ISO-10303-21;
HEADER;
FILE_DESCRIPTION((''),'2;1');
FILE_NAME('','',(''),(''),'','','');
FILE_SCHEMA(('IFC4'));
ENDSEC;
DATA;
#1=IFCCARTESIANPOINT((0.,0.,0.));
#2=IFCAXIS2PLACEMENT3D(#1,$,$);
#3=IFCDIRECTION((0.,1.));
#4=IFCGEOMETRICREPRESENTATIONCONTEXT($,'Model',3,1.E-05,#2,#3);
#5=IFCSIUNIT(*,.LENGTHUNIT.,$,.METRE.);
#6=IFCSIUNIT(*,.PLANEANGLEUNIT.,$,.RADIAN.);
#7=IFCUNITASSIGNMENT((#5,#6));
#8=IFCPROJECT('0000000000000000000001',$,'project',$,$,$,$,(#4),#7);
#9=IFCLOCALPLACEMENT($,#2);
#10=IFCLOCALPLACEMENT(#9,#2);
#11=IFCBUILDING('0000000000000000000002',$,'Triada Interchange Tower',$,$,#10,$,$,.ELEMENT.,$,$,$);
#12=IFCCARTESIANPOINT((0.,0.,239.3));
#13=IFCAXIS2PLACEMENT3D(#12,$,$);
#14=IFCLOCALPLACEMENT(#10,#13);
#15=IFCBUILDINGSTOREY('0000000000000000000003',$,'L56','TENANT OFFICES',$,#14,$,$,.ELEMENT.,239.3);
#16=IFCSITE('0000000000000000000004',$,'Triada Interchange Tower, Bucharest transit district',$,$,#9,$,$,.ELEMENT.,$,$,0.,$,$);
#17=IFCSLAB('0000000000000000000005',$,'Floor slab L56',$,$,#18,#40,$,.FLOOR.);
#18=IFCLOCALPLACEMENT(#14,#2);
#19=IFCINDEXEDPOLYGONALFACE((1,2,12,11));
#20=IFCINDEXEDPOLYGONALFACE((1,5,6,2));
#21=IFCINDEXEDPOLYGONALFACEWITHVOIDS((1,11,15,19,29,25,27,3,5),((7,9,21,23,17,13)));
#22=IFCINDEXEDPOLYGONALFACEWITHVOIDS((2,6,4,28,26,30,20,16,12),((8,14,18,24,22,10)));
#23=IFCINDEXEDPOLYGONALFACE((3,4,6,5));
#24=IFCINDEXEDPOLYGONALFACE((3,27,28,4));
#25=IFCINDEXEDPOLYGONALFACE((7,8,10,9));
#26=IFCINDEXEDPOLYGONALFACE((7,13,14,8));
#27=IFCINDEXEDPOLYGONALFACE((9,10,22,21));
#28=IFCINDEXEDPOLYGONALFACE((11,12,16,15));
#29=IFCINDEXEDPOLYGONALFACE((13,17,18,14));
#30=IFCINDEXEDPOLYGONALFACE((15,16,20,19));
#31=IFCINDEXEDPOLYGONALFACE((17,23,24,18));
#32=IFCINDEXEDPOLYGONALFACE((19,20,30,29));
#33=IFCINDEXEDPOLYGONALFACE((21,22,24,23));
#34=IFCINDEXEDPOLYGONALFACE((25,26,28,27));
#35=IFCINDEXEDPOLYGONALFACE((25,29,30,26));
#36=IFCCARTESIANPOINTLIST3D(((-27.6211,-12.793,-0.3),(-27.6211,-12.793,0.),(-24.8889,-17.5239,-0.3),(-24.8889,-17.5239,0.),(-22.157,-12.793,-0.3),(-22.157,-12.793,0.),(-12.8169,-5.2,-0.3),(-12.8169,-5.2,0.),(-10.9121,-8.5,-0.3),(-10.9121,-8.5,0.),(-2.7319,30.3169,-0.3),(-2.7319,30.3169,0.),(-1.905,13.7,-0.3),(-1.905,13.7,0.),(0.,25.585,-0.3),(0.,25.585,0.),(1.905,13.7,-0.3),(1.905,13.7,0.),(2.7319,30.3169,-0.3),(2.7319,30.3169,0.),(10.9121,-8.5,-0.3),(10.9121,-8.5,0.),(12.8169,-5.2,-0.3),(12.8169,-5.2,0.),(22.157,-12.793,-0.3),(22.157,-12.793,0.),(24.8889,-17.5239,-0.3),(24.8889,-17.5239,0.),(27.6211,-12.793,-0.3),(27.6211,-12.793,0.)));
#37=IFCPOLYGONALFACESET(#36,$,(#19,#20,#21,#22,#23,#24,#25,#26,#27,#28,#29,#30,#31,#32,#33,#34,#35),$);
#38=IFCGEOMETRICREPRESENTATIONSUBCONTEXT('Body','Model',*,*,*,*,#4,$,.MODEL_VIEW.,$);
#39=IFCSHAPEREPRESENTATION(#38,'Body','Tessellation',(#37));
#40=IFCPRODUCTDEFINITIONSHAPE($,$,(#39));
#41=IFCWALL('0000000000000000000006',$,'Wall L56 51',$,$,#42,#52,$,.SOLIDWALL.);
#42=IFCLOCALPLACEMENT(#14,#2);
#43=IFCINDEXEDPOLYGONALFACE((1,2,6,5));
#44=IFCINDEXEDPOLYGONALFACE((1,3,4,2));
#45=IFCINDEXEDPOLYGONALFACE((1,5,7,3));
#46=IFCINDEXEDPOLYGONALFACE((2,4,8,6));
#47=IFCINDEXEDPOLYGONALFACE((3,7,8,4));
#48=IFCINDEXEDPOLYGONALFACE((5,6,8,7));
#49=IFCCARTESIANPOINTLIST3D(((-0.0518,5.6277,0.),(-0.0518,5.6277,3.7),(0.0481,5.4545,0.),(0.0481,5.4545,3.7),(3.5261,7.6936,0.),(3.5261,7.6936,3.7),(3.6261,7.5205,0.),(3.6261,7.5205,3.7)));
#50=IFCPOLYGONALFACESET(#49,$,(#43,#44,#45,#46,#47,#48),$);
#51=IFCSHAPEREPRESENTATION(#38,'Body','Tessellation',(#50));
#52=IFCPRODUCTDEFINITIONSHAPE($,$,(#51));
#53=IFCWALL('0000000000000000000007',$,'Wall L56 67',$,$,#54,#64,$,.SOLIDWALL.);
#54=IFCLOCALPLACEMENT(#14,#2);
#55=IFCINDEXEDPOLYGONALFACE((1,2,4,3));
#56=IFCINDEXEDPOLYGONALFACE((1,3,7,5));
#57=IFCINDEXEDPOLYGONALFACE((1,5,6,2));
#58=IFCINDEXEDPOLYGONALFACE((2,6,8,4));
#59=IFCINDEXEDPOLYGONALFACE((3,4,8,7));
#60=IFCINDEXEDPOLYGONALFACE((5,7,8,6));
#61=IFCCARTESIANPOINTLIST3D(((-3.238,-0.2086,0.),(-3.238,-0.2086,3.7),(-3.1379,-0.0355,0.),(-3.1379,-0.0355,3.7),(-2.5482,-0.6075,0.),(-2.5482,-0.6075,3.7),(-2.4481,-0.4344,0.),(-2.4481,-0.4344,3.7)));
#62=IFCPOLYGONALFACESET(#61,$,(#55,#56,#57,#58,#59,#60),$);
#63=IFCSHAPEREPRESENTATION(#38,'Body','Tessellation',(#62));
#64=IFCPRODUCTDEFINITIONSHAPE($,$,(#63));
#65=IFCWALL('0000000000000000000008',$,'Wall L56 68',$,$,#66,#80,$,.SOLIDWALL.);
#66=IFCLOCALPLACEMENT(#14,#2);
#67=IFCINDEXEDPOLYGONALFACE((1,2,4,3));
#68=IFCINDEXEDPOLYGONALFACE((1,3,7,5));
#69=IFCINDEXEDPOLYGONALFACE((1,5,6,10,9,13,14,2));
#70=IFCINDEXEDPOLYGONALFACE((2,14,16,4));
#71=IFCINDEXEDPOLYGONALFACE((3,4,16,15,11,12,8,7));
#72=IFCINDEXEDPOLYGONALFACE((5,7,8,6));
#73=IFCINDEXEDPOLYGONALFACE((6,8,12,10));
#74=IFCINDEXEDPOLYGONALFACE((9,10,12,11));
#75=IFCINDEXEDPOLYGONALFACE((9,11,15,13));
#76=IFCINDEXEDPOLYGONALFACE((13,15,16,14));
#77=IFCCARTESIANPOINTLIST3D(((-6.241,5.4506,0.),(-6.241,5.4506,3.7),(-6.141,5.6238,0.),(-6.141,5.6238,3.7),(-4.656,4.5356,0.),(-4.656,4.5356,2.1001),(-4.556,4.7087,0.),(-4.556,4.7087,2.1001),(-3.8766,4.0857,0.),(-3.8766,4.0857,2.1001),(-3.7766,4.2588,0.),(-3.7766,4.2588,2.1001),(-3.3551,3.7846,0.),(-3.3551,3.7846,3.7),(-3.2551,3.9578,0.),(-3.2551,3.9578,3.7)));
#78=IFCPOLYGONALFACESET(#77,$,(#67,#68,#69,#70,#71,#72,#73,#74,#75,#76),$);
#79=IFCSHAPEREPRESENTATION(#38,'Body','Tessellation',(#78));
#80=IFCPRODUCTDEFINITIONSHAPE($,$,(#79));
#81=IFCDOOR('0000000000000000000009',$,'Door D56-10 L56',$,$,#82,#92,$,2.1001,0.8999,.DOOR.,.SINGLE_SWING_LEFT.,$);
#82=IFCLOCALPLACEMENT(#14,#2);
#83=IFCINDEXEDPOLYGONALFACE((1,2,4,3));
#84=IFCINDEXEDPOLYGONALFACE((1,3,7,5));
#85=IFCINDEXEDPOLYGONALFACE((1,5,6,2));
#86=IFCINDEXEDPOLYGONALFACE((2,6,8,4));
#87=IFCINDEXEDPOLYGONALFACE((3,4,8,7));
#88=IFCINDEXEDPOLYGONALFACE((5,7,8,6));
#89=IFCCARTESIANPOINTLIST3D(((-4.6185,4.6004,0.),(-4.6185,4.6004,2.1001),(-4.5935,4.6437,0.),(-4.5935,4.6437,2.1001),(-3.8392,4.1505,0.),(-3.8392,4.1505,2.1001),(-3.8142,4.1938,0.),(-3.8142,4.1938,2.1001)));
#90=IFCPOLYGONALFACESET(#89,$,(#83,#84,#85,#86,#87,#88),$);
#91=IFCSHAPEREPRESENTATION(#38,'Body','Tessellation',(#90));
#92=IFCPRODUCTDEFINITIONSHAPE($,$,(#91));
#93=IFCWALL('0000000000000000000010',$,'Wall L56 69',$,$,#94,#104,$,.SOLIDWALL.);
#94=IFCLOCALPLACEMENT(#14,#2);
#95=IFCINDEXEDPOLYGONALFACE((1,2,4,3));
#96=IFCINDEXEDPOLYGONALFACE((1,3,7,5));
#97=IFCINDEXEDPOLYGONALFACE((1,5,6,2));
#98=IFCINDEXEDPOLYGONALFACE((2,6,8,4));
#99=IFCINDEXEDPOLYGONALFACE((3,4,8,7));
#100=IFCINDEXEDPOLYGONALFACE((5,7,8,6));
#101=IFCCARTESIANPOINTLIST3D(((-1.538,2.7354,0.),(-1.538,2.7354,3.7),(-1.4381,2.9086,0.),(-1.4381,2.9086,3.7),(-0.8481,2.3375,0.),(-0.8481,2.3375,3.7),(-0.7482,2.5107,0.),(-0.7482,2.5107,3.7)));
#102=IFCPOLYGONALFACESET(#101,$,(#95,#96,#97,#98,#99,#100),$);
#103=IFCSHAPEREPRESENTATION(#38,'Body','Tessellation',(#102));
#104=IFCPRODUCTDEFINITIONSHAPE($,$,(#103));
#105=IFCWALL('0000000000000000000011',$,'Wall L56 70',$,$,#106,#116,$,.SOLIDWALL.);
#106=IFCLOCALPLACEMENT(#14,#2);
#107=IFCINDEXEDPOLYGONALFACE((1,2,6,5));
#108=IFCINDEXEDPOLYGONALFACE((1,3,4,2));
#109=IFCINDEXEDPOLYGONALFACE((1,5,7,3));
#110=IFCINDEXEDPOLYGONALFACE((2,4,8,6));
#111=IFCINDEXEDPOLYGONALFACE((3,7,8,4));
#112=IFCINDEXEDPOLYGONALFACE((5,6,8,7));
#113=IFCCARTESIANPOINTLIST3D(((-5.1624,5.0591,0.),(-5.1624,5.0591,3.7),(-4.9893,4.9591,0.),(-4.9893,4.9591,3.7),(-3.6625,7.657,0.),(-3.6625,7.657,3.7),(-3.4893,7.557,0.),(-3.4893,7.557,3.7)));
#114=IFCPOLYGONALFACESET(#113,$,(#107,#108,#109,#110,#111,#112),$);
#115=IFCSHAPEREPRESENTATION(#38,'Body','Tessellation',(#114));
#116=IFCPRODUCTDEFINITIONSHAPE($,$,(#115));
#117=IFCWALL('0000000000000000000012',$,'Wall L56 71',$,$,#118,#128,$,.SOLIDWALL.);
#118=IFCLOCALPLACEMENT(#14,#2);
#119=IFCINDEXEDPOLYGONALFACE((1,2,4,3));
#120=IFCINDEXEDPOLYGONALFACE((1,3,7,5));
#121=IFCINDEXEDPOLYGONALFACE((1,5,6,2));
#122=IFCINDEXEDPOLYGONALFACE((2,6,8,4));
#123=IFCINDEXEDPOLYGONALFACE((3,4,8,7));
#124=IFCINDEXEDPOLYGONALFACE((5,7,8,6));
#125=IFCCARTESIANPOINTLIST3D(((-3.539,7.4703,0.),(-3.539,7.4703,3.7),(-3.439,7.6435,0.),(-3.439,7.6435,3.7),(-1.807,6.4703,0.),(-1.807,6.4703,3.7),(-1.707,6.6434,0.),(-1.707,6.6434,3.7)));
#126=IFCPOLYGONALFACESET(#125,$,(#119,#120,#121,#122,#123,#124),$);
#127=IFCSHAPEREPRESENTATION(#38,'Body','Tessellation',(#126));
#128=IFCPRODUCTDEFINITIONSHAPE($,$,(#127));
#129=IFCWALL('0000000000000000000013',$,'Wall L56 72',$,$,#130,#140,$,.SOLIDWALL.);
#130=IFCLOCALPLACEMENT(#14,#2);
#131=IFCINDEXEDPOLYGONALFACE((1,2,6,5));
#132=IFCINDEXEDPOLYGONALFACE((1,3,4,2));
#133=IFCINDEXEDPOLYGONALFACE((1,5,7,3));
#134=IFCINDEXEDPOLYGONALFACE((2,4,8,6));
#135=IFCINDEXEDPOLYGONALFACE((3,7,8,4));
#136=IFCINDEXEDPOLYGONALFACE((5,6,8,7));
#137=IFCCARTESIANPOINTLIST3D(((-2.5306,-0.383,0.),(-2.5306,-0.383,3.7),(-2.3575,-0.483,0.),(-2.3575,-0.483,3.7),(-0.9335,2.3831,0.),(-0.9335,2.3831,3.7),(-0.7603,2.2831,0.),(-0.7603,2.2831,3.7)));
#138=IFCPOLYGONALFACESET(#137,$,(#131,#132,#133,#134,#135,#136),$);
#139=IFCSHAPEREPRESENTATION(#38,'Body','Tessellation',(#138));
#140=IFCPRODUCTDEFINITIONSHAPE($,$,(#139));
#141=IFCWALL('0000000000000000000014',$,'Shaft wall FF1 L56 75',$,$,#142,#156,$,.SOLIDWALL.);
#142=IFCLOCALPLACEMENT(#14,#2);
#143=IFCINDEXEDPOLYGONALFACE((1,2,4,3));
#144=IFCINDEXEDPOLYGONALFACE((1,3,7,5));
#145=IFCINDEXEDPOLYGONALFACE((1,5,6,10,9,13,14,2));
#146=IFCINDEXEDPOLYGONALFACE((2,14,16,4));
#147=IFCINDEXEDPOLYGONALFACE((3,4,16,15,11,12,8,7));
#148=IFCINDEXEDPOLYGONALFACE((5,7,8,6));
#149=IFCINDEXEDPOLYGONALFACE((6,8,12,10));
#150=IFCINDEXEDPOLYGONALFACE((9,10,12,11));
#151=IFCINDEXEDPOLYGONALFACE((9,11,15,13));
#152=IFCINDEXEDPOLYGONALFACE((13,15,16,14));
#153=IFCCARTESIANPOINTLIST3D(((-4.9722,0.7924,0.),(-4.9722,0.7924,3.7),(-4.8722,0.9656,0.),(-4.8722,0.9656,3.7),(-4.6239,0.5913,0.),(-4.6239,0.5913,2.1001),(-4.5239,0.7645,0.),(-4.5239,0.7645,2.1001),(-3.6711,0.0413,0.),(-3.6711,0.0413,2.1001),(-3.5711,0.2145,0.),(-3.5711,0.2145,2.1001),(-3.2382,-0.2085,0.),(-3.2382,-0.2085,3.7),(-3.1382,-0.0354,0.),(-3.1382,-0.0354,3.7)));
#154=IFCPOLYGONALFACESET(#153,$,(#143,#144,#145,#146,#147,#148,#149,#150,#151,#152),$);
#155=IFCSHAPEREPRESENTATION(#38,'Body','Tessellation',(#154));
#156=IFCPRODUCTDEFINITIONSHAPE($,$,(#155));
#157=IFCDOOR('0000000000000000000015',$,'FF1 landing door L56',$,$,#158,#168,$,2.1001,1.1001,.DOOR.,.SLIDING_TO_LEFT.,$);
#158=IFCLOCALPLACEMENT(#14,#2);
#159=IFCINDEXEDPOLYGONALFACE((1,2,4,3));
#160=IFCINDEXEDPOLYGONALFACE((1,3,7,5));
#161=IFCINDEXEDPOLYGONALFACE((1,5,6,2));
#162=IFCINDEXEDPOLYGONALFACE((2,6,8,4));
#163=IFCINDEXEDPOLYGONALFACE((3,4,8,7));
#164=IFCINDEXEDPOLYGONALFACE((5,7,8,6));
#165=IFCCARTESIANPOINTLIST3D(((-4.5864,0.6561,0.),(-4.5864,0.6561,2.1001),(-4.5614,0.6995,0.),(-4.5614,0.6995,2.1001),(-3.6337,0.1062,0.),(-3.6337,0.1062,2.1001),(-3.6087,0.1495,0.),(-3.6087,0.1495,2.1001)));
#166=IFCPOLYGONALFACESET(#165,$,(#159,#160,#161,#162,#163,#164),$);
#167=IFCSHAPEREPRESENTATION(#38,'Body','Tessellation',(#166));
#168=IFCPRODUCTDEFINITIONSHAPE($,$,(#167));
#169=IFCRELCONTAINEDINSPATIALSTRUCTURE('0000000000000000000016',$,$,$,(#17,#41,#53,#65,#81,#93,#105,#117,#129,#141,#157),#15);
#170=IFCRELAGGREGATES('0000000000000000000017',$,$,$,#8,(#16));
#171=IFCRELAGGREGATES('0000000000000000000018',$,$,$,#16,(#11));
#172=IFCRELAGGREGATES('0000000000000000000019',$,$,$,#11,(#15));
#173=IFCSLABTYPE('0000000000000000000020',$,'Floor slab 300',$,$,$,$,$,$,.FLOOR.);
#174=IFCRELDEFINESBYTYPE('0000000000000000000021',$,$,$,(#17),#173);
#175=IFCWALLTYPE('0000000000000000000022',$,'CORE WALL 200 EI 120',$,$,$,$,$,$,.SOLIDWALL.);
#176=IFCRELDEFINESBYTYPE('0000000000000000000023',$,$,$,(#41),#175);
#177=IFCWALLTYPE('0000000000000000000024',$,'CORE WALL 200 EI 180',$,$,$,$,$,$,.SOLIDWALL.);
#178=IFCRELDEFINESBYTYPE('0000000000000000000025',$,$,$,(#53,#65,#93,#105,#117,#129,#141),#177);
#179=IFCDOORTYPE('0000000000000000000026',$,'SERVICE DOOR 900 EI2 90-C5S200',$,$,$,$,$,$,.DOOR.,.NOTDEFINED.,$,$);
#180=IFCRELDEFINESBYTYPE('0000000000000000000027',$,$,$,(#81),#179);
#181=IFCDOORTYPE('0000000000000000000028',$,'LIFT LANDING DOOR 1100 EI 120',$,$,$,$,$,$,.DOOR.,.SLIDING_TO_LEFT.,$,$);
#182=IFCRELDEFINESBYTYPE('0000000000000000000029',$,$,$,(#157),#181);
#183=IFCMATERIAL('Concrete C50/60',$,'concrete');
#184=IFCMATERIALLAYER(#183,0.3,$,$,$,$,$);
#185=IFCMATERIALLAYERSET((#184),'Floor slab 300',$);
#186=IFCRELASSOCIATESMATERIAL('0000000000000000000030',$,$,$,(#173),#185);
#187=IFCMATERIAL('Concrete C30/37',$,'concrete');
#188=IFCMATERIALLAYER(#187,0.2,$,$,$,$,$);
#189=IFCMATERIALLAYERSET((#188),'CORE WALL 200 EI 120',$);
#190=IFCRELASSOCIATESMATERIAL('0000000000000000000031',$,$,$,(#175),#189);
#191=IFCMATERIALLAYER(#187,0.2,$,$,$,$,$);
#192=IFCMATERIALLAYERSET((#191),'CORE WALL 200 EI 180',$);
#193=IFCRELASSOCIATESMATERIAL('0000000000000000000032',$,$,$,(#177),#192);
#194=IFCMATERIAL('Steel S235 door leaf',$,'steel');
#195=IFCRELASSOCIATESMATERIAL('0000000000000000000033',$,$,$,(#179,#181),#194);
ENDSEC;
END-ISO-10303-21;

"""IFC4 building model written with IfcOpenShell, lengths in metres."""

from ifc_helpers import new_model, si_unit, direction, frame, frame_2d, origin, place, context, subcontext, project, spatial, polyline, rectangle, outline, extrude, material, layer, layer_set, type_object, element, fill, save


model = new_model("IFC4")

# Units and contexts
model_context = context("Model", 3, precision=1e-05, world=origin(), true_north=direction((0.0, 1.0)))
body_context = subcontext(model_context, "Body", "Model", "MODEL_VIEW")
ifc_project = project(units=[si_unit("LENGTHUNIT", "METRE"), si_unit("PLANEANGLEUNIT", "RADIAN")], contexts=[model_context])

# Site, building, storey
site_placement = place(None, origin())
site = spatial("IfcSite", under=ifc_project, at=site_placement, Name="Triada Interchange Tower, Bucharest transit district", CompositionType="ELEMENT", RefElevation=0.0)
building_placement = place(site_placement, origin())
building = spatial("IfcBuilding", under=site, at=building_placement, Name="Triada Interchange Tower", CompositionType="ELEMENT")
storey_placement = place(building_placement, frame((0.0, 0.0, 239.3)))
storey = spatial("IfcBuildingStorey", under=building, at=storey_placement, Name="L56", Description="TENANT OFFICES", CompositionType="ELEMENT", Elevation=239.3)

# Slab
ifc_material_1 = material(Name="Concrete C50/60", Category="concrete")
ifc_layer_1 = layer(ifc_material_1, 0.3)
ifc_layer_set_1 = layer_set([ifc_layer_1], Name="Floor slab 300")
slab_type = type_object("IfcSlabType", Name="Floor slab 300", PredefinedType="FLOOR", material=ifc_layer_set_1)
slab_placement = place(storey_placement, frame((0.0, 0.0, -0.3)))
element("IfcSlab", 1, at=slab_placement, inside=storey, type_object=slab_type, Name="Floor slab L56", PredefinedType="FLOOR", context=body_context, shape_type="SweptSolid", body=[
    extrude(outline(polyline([(-2.7319, 30.3169), (-27.6211, -12.793), (-22.157, -12.793), (-24.8889, -17.5239), (24.8889, -17.5239), (22.157, -12.793), (27.6211, -12.793), (2.7319, 30.3169), (0.0, 25.585), (-2.7319, 30.3169)]), holes=[polyline([(1.905, 13.7), (-1.905, 13.7), (-12.8169, -5.2), (-10.9121, -8.5), (10.9121, -8.5), (12.8169, -5.2), (1.905, 13.7)])]), origin(), (0.0, 0.0, 1.0), 0.3),
])

# Walls
ifc_material_2 = material(Name="Concrete C30/37", Category="concrete")
ifc_layer_2 = layer(ifc_material_2, 0.2)
ifc_layer_set_2 = layer_set([ifc_layer_2], Name="CORE WALL 200 EI 120")
wall_type_1 = type_object("IfcWallType", Name="CORE WALL 200 EI 120", PredefinedType="SOLIDWALL", material=ifc_layer_set_2)
wall_1_placement = place(storey_placement, frame((-0.002, 5.541, 0.0), z_axis=(0.0, 0.0, 1.0), x_axis=(0.866002, 0.500041, 0.0)))
element("IfcWall", 2, at=wall_1_placement, inside=storey, type_object=wall_type_1, Name="Wall L56 51", PredefinedType="SOLIDWALL", context=body_context, shape_type="SweptSolid", body=[
    extrude(rectangle(XDim=4.1316, YDim=0.2, at=frame_2d((2.0659, 0.0))), origin(), (0.0, 0.0, 1.0), 3.7),
])
ifc_layer_3 = layer(ifc_material_2, 0.2)
ifc_layer_set_3 = layer_set([ifc_layer_3], Name="CORE WALL 200 EI 180")
wall_type_2 = type_object("IfcWallType", Name="CORE WALL 200 EI 180", PredefinedType="SOLIDWALL", material=ifc_layer_set_3)
wall_2_placement = place(storey_placement, frame((-3.188, -0.1221, 0.0), z_axis=(0.0, 0.0, 1.0), x_axis=(0.865706, -0.500553, 0.0)))
element("IfcWall", 3, at=wall_2_placement, inside=storey, type_object=wall_type_2, Name="Wall L56 67", PredefinedType="SOLIDWALL", context=body_context, shape_type="SweptSolid", body=[
    extrude(rectangle(XDim=0.7969, YDim=0.2, at=frame_2d((0.3984, 0.0))), origin(), (0.0, 0.0, 1.0), 3.7),
])

# Wall, opening, door
wall_3_placement = place(storey_placement, frame((-6.1909, 5.5371, 0.0), z_axis=(0.0, 0.0, 1.0), x_axis=(0.866053, -0.499953, 0.0)))
wall_3 = element("IfcWall", 4, at=wall_3_placement, inside=storey, type_object=wall_type_2, Name="Wall L56 68", PredefinedType="SOLIDWALL", context=body_context, shape_type="SweptSolid", body=[
    extrude(rectangle(XDim=3.3323, YDim=0.2, at=frame_2d((1.666, 0.0))), origin(), (0.0, 0.0, 1.0), 3.7),
])
opening_1_placement = place(wall_3_placement, frame((1.8301, 0.0, 0.0)))
opening_1 = element("IfcOpeningElement", 5, at=opening_1_placement, cuts=wall_3, PredefinedType="OPENING", context=body_context, shape_type="SweptSolid", body=[
    extrude(rectangle(XDim=0.8999, YDim=2.1001, at=frame_2d((0.45, 1.05))), frame((0.0, 0.1099, 0.0), z_axis=(0.0, -1.0, 0.0), x_axis=(1.0, 0.0, 0.0)), (0.0, 0.0, 1.0), 0.22),
])
ifc_material_3 = material(Name="Steel S235 door leaf", Category="steel")
door_type_1 = type_object("IfcDoorType", Name="SERVICE DOOR 900 EI2 90-C5S200", OperationType="NOTDEFINED", PredefinedType="DOOR", material=ifc_material_3)
door_1_placement = place(opening_1_placement, origin())
door_1 = element("IfcDoor", 6, at=door_1_placement, inside=storey, type_object=door_type_1, Name="Door D56-10 L56", OperationType="SINGLE_SWING_LEFT", OverallHeight=2.1001, OverallWidth=0.8999, PredefinedType="DOOR", context=body_context, shape_type="SweptSolid", body=[
    extrude(rectangle(XDim=0.8999, YDim=2.1001, at=frame_2d((0.45, 1.05))), frame((0.0, 0.0249, 0.0), z_axis=(0.0, -1.0, 0.0), x_axis=(1.0, 0.0, 0.0)), (0.0, 0.0, 1.0), 0.05),
])
fill(opening_1, door_1)

# Walls
wall_4_placement = place(storey_placement, frame((-1.488, 2.822, 0.0), z_axis=(0.0, 0.0, 1.0), x_axis=(0.866237, -0.499634, 0.0)))
element("IfcWall", 7, at=wall_4_placement, inside=storey, type_object=wall_type_2, Name="Wall L56 69", PredefinedType="SOLIDWALL", context=body_context, shape_type="SweptSolid", body=[
    extrude(rectangle(XDim=0.7964, YDim=0.2, at=frame_2d((0.3982, 0.0))), origin(), (0.0, 0.0, 1.0), 3.7),
])
wall_5_placement = place(storey_placement, frame((-5.0759, 5.009, 0.0), z_axis=(0.0, 0.0, 1.0), x_axis=(0.500025, 0.866011, 0.0)))
element("IfcWall", 8, at=wall_5_placement, inside=storey, type_object=wall_type_2, Name="Wall L56 70", PredefinedType="SOLIDWALL", context=body_context, shape_type="SweptSolid", body=[
    extrude(rectangle(XDim=2.9998, YDim=0.2, at=frame_2d((1.5, 0.0))), origin(), (0.0, 0.0, 1.0), 3.7),
])
wall_6_placement = place(storey_placement, frame((-3.489, 7.5569, 0.0), z_axis=(0.0, 0.0, 1.0), x_axis=(0.866011, -0.500025, 0.0)))
element("IfcWall", 9, at=wall_6_placement, inside=storey, type_object=wall_type_2, Name="Wall L56 71", PredefinedType="SOLIDWALL", context=body_context, shape_type="SweptSolid", body=[
    extrude(rectangle(XDim=2.0, YDim=0.2, at=frame_2d((1.0, 0.0))), origin(), (0.0, 0.0, 1.0), 3.7),
])
wall_7_placement = place(storey_placement, frame((-2.4441, -0.4331, 0.0), z_axis=(0.0, 0.0, 1.0), x_axis=(0.500036, 0.866005, 0.0)))
element("IfcWall", 10, at=wall_7_placement, inside=storey, type_object=wall_type_2, Name="Wall L56 72", PredefinedType="SOLIDWALL", context=body_context, shape_type="SweptSolid", body=[
    extrude(rectangle(XDim=3.1941, YDim=0.2, at=frame_2d((1.5972, 0.0))), origin(), (0.0, 0.0, 1.0), 3.7),
])

# Wall, opening, door
wall_8_placement = place(storey_placement, frame((-4.9221, 0.8789, 0.0), z_axis=(0.0, 0.0, 1.0), x_axis=(0.866074, -0.499916, 0.0)))
wall_8 = element("IfcWall", 11, at=wall_8_placement, inside=storey, type_object=wall_type_2, Name="Shaft wall FF1 L56 75", PredefinedType="SOLIDWALL", context=body_context, shape_type="SweptSolid", body=[
    extrude(rectangle(XDim=2.0022, YDim=0.2, at=frame_2d((1.001, 0.0))), origin(), (0.0, 0.0, 1.0), 3.7),
])
opening_2_placement = place(wall_8_placement, frame((0.4021, 0.0, 0.0)))
opening_2 = element("IfcOpeningElement", 12, at=opening_2_placement, cuts=wall_8, PredefinedType="OPENING", context=body_context, shape_type="SweptSolid", body=[
    extrude(rectangle(XDim=1.1001, YDim=2.1001, at=frame_2d((0.55, 1.05))), frame((0.0, 0.1099, 0.0), z_axis=(0.0, -1.0, 0.0), x_axis=(1.0, 0.0, 0.0)), (0.0, 0.0, 1.0), 0.22),
])
door_type_2 = type_object("IfcDoorType", Name="LIFT LANDING DOOR 1100 EI 120", OperationType="SLIDING_TO_LEFT", PredefinedType="DOOR", material=ifc_material_3)
door_2_placement = place(opening_2_placement, origin())
door_2 = element("IfcDoor", 13, at=door_2_placement, inside=storey, type_object=door_type_2, Name="FF1 landing door L56", OperationType="SLIDING_TO_LEFT", OverallHeight=2.1001, OverallWidth=1.1001, PredefinedType="DOOR", context=body_context, shape_type="SweptSolid", body=[
    extrude(rectangle(XDim=1.1001, YDim=2.1001, at=frame_2d((0.55, 1.05))), frame((0.0, 0.0249, 0.0), z_axis=(0.0, -1.0, 0.0), x_axis=(1.0, 0.0, 0.0)), (0.0, 0.0, 1.0), 0.05),
])
fill(opening_2, door_2)

save(model, "model.ifc")
